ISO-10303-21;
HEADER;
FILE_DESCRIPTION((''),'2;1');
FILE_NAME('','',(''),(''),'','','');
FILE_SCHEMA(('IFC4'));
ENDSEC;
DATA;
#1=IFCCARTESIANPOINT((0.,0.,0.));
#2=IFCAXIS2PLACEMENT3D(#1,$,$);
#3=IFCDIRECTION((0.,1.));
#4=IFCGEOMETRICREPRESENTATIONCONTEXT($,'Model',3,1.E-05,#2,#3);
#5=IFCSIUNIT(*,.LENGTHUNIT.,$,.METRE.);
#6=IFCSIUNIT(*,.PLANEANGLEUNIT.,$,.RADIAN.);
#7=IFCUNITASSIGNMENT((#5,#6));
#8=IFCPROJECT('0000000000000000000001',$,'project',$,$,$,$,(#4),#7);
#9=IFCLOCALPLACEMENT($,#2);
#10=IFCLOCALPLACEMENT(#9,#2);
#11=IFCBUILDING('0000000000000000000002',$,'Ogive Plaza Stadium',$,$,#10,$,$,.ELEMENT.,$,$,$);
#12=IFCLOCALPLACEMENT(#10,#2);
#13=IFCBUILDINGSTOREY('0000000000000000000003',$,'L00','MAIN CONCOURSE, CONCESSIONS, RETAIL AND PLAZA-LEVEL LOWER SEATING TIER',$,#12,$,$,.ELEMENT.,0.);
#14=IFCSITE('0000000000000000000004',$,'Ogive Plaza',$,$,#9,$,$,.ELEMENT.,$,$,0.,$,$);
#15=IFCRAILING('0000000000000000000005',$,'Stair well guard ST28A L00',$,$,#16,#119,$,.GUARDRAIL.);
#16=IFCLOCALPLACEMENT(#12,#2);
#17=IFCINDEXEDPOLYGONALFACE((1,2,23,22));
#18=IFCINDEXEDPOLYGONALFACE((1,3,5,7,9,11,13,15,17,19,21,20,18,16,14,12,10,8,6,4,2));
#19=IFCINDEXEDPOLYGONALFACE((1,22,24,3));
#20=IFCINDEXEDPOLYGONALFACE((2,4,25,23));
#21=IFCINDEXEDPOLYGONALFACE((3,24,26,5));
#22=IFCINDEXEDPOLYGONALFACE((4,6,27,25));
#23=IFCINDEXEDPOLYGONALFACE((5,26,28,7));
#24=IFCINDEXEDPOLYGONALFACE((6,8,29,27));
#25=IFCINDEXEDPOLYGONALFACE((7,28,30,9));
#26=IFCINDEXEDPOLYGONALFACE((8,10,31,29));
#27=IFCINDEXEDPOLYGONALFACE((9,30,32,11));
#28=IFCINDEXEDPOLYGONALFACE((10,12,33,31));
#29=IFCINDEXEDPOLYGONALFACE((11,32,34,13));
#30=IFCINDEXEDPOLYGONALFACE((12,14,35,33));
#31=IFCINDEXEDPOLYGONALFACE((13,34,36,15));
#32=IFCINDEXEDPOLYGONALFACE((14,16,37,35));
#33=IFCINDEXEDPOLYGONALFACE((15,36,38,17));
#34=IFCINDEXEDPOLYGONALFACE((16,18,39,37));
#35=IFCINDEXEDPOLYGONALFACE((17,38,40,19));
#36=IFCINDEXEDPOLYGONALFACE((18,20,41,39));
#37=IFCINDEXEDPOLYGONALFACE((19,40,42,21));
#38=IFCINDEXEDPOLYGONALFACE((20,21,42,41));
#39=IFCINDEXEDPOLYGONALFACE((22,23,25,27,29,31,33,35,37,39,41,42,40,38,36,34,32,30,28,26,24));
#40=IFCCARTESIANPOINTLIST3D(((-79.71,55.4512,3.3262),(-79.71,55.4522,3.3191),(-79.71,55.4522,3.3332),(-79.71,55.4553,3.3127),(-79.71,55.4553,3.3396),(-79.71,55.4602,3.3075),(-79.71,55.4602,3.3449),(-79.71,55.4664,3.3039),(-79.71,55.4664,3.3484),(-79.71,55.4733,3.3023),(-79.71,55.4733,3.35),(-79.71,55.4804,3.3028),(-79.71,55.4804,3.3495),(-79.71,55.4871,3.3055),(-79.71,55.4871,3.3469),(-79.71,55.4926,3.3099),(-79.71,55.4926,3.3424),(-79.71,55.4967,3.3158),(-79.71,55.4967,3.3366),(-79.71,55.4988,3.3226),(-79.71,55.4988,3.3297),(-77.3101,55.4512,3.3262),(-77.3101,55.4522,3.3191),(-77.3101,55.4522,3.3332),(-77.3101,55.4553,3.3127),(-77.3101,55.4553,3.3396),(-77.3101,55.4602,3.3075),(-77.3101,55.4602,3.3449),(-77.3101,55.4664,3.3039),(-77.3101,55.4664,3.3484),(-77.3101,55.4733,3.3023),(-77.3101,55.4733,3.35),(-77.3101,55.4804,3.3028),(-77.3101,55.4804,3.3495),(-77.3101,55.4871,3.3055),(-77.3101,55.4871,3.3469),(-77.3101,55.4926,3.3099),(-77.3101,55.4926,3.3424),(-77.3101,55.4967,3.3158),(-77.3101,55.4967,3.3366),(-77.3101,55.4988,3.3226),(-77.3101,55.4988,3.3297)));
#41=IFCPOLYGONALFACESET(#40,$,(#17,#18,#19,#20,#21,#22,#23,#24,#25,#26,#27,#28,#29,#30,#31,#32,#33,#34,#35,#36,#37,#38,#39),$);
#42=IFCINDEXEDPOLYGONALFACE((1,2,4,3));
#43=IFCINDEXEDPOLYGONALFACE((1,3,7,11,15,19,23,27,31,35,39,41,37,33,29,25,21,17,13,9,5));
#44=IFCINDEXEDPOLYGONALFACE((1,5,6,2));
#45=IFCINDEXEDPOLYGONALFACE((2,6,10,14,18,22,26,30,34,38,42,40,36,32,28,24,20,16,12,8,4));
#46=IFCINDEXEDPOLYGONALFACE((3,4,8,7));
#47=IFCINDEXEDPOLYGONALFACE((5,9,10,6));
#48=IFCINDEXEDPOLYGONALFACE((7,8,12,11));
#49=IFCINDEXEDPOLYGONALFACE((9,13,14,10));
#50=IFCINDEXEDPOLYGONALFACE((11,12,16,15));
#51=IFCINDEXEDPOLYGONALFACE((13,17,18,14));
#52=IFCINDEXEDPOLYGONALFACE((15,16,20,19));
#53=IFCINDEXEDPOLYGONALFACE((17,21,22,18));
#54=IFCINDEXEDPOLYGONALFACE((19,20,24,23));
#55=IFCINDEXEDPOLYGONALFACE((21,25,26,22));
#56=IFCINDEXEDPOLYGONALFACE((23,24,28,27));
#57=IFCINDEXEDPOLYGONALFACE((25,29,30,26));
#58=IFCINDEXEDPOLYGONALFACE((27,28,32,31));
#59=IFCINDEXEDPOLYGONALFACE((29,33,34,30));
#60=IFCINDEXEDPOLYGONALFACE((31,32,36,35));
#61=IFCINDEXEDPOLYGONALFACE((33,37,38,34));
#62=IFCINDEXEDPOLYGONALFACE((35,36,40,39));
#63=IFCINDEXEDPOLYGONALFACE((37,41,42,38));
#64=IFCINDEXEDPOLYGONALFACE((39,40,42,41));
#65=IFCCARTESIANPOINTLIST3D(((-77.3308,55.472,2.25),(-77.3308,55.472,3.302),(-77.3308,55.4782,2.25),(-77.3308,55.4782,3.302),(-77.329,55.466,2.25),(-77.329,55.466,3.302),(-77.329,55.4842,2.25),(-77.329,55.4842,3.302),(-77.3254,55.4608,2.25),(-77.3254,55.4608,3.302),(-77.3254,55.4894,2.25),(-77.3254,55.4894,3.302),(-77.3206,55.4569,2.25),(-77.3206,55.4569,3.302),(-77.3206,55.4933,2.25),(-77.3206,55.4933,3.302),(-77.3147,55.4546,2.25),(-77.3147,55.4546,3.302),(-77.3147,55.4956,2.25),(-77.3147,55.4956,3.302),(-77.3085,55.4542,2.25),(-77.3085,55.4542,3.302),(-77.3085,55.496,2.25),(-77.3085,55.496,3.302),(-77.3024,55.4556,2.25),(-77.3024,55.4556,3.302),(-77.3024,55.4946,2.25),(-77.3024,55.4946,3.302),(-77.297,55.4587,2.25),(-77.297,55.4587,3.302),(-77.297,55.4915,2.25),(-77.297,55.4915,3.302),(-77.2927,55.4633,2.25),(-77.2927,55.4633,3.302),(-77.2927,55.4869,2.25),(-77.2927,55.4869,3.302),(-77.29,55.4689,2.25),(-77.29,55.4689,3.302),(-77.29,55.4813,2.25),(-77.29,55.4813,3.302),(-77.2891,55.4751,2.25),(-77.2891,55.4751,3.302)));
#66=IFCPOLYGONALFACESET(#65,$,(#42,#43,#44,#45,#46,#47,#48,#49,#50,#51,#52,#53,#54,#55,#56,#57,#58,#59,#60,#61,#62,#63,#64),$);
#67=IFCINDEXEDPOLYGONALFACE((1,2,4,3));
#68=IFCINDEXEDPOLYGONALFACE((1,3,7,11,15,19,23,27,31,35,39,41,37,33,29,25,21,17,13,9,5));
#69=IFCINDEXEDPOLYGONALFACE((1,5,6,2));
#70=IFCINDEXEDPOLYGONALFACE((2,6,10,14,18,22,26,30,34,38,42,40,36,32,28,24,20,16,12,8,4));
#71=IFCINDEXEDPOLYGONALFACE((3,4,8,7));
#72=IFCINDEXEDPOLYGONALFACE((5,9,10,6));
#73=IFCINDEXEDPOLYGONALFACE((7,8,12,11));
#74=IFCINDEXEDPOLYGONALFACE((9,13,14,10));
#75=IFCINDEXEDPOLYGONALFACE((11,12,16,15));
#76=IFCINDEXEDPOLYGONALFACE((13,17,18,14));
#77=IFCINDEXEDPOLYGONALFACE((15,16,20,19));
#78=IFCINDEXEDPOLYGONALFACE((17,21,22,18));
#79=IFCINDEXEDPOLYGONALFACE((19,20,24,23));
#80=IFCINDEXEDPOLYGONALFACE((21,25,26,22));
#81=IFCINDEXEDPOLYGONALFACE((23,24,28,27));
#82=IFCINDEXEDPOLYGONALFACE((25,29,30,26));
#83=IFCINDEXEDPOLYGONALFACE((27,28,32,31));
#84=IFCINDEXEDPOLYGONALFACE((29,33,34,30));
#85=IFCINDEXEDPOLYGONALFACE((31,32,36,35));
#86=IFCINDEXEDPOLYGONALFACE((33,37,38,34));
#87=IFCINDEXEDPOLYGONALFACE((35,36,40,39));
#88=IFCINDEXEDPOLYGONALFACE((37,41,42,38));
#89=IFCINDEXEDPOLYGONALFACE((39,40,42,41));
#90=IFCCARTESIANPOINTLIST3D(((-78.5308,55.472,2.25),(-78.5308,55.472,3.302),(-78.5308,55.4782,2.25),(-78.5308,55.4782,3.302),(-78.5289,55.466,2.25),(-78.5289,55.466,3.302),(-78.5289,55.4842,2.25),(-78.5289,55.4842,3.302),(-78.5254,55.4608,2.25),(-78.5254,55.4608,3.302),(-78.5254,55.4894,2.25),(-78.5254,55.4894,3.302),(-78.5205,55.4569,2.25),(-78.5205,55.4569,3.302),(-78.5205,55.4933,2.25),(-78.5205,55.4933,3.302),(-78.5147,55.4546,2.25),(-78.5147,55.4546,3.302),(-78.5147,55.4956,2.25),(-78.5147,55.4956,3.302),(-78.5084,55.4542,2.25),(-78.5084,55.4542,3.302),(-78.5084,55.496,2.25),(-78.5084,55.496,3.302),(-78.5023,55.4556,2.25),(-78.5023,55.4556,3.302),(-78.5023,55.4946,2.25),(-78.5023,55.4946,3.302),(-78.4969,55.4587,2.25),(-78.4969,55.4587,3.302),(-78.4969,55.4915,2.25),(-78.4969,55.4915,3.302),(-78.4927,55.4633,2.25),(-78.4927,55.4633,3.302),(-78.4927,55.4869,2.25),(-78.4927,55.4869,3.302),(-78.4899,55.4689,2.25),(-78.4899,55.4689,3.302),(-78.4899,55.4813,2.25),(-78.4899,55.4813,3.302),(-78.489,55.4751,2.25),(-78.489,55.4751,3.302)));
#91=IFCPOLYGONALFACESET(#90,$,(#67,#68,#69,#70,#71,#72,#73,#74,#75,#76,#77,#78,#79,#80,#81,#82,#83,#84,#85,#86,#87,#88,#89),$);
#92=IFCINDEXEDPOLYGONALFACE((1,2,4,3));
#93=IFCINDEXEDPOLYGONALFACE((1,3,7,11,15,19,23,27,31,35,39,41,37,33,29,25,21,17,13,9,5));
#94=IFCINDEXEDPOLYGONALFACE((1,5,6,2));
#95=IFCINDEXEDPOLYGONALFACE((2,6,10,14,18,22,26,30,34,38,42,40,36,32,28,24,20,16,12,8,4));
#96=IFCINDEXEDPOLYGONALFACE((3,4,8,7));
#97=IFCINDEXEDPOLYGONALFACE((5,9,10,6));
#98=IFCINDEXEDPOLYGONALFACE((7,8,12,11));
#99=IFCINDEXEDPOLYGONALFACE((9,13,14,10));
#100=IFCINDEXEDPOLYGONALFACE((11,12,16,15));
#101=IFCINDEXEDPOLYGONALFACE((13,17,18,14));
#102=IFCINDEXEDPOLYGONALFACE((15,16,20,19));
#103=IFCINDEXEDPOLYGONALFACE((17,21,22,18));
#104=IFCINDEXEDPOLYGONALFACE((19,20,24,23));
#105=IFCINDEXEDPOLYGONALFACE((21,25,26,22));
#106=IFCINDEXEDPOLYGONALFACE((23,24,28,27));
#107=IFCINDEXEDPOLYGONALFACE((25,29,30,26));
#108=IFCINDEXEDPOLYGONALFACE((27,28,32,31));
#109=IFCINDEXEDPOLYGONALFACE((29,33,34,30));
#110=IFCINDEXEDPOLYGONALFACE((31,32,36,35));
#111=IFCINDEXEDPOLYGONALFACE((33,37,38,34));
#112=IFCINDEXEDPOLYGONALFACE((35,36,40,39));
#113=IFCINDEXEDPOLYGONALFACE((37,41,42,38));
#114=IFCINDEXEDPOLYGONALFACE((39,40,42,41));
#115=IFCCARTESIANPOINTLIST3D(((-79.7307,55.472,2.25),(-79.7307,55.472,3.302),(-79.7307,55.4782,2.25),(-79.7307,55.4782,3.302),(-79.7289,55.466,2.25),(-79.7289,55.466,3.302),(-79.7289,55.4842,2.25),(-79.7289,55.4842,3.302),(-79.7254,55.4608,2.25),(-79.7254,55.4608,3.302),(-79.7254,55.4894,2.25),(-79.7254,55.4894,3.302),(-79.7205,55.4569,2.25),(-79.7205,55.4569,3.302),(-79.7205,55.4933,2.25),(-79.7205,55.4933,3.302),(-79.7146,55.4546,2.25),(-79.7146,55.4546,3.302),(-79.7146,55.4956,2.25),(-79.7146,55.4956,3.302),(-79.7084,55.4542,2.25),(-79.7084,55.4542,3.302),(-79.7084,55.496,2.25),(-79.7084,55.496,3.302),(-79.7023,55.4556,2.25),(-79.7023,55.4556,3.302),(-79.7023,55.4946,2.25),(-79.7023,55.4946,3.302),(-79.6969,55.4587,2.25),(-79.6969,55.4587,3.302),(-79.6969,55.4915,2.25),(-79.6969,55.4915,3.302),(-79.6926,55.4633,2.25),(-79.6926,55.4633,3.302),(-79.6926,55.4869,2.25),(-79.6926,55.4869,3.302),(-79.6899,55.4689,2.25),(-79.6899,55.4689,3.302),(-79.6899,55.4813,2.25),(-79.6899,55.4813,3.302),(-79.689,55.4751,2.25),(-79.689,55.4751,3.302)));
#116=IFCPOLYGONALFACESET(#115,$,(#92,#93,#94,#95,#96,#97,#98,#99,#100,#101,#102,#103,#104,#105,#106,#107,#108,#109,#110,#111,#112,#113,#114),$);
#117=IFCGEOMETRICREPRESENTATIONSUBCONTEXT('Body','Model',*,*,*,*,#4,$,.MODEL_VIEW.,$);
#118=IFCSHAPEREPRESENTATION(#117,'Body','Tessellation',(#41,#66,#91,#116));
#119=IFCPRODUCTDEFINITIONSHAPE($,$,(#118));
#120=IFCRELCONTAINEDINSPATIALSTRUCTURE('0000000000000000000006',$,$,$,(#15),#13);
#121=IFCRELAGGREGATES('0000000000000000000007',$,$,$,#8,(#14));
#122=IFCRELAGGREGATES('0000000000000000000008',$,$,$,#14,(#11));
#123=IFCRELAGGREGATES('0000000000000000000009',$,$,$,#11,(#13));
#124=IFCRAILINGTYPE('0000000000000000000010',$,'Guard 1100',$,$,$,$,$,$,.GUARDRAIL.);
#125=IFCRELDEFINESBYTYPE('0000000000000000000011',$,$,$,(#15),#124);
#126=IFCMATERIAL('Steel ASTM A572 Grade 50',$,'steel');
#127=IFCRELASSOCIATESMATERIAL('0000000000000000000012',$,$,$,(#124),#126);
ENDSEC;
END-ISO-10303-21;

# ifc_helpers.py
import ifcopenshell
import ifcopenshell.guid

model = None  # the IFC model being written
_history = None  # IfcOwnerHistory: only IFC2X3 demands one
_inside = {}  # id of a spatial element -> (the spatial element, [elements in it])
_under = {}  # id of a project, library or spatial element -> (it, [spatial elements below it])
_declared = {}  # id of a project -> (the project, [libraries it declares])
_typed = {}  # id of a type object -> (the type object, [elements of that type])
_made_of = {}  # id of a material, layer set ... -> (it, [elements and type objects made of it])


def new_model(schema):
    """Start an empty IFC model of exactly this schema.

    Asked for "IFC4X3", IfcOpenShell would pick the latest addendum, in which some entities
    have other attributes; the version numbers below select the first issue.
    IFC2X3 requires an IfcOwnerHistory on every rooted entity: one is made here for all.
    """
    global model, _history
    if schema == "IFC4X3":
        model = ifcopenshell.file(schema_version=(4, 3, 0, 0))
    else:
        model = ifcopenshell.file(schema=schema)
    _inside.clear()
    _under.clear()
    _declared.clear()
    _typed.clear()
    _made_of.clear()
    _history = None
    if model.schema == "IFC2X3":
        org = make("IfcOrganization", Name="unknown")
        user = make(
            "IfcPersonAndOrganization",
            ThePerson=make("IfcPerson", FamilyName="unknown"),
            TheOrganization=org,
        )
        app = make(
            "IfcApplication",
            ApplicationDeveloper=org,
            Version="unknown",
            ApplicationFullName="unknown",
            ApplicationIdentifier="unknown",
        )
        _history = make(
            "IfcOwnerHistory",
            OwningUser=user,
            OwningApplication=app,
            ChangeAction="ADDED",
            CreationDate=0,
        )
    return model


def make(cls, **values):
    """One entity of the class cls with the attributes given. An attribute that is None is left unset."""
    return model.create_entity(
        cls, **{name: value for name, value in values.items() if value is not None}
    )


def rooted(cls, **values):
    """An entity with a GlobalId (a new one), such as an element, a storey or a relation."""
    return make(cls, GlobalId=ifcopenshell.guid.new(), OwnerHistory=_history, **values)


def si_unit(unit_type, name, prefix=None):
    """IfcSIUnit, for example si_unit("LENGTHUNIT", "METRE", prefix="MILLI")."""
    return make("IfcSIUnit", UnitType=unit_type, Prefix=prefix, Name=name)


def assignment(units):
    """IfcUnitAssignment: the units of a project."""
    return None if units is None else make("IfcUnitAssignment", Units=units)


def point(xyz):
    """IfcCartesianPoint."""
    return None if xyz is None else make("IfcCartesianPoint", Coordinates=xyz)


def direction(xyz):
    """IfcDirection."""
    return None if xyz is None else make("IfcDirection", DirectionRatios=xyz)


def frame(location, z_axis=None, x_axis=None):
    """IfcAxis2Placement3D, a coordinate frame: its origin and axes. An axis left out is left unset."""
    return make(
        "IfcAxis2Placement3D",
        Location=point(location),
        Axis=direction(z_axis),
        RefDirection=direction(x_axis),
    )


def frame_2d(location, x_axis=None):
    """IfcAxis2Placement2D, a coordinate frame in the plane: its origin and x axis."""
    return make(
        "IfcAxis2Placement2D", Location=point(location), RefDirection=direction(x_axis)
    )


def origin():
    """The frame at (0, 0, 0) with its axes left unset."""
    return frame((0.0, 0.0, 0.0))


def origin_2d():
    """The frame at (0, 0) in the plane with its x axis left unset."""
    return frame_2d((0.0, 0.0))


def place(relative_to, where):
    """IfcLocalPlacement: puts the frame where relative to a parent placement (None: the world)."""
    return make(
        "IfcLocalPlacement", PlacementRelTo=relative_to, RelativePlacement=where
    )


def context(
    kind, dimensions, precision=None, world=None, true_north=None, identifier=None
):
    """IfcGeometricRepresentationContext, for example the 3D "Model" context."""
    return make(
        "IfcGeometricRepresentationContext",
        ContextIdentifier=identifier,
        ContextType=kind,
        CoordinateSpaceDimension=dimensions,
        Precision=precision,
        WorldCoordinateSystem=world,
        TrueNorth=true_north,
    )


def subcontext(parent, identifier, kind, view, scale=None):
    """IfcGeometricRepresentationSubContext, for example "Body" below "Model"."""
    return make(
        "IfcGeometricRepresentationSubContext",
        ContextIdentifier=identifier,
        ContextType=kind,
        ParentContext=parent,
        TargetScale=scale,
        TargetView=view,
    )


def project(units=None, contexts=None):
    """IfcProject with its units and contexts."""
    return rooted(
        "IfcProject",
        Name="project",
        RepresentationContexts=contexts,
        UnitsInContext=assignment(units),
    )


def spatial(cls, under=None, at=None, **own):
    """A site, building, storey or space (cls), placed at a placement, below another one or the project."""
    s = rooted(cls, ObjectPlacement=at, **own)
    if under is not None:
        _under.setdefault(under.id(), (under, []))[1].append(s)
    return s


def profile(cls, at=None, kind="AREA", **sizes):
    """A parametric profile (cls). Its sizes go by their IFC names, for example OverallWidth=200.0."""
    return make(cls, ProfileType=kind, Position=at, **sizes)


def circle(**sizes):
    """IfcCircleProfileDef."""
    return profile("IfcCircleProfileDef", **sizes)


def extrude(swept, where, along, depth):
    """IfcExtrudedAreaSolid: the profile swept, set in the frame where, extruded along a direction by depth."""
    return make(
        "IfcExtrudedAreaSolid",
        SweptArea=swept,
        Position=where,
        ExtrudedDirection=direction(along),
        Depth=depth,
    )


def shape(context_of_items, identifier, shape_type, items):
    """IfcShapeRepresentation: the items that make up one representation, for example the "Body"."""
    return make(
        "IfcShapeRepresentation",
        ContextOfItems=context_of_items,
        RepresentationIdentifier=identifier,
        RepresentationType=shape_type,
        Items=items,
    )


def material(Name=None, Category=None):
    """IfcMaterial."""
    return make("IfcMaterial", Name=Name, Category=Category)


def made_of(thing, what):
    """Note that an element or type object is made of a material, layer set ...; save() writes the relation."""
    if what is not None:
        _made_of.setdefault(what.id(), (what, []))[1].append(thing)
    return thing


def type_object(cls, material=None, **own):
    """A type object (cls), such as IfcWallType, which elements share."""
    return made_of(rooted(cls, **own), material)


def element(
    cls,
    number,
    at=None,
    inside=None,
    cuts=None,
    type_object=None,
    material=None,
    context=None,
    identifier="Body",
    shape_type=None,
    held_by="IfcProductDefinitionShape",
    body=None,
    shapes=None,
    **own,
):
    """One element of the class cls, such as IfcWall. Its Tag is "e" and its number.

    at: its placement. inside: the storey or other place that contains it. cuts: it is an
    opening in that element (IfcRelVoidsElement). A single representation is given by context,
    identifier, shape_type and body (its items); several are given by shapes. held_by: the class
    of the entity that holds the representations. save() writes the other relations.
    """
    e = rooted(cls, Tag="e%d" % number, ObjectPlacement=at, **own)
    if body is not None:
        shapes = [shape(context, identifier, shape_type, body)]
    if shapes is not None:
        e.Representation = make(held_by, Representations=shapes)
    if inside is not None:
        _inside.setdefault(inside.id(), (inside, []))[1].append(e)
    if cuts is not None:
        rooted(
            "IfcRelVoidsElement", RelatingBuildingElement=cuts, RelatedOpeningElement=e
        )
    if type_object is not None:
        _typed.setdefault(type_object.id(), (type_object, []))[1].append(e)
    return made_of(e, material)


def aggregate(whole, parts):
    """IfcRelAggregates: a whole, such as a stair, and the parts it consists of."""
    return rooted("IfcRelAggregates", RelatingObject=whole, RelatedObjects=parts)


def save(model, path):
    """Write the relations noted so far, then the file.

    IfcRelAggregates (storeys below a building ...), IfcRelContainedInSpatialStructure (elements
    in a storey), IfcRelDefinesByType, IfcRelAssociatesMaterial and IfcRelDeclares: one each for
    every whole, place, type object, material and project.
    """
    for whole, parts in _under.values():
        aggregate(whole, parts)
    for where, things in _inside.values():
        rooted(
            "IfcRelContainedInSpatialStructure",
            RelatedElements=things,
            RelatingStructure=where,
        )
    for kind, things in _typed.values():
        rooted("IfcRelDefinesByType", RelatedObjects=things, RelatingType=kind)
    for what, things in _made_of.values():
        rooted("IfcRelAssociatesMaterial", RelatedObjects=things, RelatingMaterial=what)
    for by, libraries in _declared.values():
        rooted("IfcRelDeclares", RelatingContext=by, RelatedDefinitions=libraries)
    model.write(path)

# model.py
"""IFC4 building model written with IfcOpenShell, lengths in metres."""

from ifc_helpers import new_model, si_unit, direction, frame, origin, origin_2d, place, context, subcontext, project, spatial, circle, extrude, material, type_object, element, save


model = new_model("IFC4")

# Units and contexts
model_context = context("Model", 3, precision=1e-05, world=origin(), true_north=direction((0.0, 1.0)))
body_context = subcontext(model_context, "Body", "Model", "MODEL_VIEW")
ifc_project = project(units=[si_unit("LENGTHUNIT", "METRE"), si_unit("PLANEANGLEUNIT", "RADIAN")], contexts=[model_context])

# Site, building, storey
site_placement = place(None, origin())
site = spatial("IfcSite", under=ifc_project, at=site_placement, Name="Ogive Plaza", CompositionType="ELEMENT", RefElevation=0.0)
building_placement = place(site_placement, origin())
building = spatial("IfcBuilding", under=site, at=building_placement, Name="Ogive Plaza Stadium", CompositionType="ELEMENT")
storey_placement = place(building_placement, origin())
storey = spatial("IfcBuildingStorey", under=building, at=storey_placement, Name="L00", Description="MAIN CONCOURSE, CONCESSIONS, RETAIL AND PLAZA-LEVEL LOWER SEATING TIER", CompositionType="ELEMENT", Elevation=0.0)

# Railing
ifc_material_1 = material(Name="Steel ASTM A572 Grade 50", Category="steel")
railing_type_1 = type_object("IfcRailingType", Name="Guard 1100", PredefinedType="GUARDRAIL", material=ifc_material_1)
railing_1_placement = place(storey_placement, frame((-77.3101, 55.4751, 2.25)))
element("IfcRailing", 1, at=railing_1_placement, inside=storey, type_object=railing_type_1, Name="Stair well guard ST28A L00", PredefinedType="GUARDRAIL", context=body_context, shape_type="SweptSolid", body=[
    extrude(circle(Radius=0.0239, at=origin_2d()), frame((0.0, 0.0, 1.0762), z_axis=(-1.0, 0.0, 0.0), x_axis=(0.0, -1.0, 0.0)), (0.0, 0.0, 1.0), 2.3999),
    extrude(circle(Radius=0.021, at=origin_2d()), origin(), (0.0, 0.0, 1.0), 1.052),
    extrude(circle(Radius=0.021, at=origin_2d()), frame((-1.2, 0.0, 0.0)), (0.0, 0.0, 1.0), 1.052),
    extrude(circle(Radius=0.021, at=origin_2d()), frame((-2.3999, 0.0, 0.0)), (0.0, 0.0, 1.0), 1.052),
])

save(model, "model.ifc")
